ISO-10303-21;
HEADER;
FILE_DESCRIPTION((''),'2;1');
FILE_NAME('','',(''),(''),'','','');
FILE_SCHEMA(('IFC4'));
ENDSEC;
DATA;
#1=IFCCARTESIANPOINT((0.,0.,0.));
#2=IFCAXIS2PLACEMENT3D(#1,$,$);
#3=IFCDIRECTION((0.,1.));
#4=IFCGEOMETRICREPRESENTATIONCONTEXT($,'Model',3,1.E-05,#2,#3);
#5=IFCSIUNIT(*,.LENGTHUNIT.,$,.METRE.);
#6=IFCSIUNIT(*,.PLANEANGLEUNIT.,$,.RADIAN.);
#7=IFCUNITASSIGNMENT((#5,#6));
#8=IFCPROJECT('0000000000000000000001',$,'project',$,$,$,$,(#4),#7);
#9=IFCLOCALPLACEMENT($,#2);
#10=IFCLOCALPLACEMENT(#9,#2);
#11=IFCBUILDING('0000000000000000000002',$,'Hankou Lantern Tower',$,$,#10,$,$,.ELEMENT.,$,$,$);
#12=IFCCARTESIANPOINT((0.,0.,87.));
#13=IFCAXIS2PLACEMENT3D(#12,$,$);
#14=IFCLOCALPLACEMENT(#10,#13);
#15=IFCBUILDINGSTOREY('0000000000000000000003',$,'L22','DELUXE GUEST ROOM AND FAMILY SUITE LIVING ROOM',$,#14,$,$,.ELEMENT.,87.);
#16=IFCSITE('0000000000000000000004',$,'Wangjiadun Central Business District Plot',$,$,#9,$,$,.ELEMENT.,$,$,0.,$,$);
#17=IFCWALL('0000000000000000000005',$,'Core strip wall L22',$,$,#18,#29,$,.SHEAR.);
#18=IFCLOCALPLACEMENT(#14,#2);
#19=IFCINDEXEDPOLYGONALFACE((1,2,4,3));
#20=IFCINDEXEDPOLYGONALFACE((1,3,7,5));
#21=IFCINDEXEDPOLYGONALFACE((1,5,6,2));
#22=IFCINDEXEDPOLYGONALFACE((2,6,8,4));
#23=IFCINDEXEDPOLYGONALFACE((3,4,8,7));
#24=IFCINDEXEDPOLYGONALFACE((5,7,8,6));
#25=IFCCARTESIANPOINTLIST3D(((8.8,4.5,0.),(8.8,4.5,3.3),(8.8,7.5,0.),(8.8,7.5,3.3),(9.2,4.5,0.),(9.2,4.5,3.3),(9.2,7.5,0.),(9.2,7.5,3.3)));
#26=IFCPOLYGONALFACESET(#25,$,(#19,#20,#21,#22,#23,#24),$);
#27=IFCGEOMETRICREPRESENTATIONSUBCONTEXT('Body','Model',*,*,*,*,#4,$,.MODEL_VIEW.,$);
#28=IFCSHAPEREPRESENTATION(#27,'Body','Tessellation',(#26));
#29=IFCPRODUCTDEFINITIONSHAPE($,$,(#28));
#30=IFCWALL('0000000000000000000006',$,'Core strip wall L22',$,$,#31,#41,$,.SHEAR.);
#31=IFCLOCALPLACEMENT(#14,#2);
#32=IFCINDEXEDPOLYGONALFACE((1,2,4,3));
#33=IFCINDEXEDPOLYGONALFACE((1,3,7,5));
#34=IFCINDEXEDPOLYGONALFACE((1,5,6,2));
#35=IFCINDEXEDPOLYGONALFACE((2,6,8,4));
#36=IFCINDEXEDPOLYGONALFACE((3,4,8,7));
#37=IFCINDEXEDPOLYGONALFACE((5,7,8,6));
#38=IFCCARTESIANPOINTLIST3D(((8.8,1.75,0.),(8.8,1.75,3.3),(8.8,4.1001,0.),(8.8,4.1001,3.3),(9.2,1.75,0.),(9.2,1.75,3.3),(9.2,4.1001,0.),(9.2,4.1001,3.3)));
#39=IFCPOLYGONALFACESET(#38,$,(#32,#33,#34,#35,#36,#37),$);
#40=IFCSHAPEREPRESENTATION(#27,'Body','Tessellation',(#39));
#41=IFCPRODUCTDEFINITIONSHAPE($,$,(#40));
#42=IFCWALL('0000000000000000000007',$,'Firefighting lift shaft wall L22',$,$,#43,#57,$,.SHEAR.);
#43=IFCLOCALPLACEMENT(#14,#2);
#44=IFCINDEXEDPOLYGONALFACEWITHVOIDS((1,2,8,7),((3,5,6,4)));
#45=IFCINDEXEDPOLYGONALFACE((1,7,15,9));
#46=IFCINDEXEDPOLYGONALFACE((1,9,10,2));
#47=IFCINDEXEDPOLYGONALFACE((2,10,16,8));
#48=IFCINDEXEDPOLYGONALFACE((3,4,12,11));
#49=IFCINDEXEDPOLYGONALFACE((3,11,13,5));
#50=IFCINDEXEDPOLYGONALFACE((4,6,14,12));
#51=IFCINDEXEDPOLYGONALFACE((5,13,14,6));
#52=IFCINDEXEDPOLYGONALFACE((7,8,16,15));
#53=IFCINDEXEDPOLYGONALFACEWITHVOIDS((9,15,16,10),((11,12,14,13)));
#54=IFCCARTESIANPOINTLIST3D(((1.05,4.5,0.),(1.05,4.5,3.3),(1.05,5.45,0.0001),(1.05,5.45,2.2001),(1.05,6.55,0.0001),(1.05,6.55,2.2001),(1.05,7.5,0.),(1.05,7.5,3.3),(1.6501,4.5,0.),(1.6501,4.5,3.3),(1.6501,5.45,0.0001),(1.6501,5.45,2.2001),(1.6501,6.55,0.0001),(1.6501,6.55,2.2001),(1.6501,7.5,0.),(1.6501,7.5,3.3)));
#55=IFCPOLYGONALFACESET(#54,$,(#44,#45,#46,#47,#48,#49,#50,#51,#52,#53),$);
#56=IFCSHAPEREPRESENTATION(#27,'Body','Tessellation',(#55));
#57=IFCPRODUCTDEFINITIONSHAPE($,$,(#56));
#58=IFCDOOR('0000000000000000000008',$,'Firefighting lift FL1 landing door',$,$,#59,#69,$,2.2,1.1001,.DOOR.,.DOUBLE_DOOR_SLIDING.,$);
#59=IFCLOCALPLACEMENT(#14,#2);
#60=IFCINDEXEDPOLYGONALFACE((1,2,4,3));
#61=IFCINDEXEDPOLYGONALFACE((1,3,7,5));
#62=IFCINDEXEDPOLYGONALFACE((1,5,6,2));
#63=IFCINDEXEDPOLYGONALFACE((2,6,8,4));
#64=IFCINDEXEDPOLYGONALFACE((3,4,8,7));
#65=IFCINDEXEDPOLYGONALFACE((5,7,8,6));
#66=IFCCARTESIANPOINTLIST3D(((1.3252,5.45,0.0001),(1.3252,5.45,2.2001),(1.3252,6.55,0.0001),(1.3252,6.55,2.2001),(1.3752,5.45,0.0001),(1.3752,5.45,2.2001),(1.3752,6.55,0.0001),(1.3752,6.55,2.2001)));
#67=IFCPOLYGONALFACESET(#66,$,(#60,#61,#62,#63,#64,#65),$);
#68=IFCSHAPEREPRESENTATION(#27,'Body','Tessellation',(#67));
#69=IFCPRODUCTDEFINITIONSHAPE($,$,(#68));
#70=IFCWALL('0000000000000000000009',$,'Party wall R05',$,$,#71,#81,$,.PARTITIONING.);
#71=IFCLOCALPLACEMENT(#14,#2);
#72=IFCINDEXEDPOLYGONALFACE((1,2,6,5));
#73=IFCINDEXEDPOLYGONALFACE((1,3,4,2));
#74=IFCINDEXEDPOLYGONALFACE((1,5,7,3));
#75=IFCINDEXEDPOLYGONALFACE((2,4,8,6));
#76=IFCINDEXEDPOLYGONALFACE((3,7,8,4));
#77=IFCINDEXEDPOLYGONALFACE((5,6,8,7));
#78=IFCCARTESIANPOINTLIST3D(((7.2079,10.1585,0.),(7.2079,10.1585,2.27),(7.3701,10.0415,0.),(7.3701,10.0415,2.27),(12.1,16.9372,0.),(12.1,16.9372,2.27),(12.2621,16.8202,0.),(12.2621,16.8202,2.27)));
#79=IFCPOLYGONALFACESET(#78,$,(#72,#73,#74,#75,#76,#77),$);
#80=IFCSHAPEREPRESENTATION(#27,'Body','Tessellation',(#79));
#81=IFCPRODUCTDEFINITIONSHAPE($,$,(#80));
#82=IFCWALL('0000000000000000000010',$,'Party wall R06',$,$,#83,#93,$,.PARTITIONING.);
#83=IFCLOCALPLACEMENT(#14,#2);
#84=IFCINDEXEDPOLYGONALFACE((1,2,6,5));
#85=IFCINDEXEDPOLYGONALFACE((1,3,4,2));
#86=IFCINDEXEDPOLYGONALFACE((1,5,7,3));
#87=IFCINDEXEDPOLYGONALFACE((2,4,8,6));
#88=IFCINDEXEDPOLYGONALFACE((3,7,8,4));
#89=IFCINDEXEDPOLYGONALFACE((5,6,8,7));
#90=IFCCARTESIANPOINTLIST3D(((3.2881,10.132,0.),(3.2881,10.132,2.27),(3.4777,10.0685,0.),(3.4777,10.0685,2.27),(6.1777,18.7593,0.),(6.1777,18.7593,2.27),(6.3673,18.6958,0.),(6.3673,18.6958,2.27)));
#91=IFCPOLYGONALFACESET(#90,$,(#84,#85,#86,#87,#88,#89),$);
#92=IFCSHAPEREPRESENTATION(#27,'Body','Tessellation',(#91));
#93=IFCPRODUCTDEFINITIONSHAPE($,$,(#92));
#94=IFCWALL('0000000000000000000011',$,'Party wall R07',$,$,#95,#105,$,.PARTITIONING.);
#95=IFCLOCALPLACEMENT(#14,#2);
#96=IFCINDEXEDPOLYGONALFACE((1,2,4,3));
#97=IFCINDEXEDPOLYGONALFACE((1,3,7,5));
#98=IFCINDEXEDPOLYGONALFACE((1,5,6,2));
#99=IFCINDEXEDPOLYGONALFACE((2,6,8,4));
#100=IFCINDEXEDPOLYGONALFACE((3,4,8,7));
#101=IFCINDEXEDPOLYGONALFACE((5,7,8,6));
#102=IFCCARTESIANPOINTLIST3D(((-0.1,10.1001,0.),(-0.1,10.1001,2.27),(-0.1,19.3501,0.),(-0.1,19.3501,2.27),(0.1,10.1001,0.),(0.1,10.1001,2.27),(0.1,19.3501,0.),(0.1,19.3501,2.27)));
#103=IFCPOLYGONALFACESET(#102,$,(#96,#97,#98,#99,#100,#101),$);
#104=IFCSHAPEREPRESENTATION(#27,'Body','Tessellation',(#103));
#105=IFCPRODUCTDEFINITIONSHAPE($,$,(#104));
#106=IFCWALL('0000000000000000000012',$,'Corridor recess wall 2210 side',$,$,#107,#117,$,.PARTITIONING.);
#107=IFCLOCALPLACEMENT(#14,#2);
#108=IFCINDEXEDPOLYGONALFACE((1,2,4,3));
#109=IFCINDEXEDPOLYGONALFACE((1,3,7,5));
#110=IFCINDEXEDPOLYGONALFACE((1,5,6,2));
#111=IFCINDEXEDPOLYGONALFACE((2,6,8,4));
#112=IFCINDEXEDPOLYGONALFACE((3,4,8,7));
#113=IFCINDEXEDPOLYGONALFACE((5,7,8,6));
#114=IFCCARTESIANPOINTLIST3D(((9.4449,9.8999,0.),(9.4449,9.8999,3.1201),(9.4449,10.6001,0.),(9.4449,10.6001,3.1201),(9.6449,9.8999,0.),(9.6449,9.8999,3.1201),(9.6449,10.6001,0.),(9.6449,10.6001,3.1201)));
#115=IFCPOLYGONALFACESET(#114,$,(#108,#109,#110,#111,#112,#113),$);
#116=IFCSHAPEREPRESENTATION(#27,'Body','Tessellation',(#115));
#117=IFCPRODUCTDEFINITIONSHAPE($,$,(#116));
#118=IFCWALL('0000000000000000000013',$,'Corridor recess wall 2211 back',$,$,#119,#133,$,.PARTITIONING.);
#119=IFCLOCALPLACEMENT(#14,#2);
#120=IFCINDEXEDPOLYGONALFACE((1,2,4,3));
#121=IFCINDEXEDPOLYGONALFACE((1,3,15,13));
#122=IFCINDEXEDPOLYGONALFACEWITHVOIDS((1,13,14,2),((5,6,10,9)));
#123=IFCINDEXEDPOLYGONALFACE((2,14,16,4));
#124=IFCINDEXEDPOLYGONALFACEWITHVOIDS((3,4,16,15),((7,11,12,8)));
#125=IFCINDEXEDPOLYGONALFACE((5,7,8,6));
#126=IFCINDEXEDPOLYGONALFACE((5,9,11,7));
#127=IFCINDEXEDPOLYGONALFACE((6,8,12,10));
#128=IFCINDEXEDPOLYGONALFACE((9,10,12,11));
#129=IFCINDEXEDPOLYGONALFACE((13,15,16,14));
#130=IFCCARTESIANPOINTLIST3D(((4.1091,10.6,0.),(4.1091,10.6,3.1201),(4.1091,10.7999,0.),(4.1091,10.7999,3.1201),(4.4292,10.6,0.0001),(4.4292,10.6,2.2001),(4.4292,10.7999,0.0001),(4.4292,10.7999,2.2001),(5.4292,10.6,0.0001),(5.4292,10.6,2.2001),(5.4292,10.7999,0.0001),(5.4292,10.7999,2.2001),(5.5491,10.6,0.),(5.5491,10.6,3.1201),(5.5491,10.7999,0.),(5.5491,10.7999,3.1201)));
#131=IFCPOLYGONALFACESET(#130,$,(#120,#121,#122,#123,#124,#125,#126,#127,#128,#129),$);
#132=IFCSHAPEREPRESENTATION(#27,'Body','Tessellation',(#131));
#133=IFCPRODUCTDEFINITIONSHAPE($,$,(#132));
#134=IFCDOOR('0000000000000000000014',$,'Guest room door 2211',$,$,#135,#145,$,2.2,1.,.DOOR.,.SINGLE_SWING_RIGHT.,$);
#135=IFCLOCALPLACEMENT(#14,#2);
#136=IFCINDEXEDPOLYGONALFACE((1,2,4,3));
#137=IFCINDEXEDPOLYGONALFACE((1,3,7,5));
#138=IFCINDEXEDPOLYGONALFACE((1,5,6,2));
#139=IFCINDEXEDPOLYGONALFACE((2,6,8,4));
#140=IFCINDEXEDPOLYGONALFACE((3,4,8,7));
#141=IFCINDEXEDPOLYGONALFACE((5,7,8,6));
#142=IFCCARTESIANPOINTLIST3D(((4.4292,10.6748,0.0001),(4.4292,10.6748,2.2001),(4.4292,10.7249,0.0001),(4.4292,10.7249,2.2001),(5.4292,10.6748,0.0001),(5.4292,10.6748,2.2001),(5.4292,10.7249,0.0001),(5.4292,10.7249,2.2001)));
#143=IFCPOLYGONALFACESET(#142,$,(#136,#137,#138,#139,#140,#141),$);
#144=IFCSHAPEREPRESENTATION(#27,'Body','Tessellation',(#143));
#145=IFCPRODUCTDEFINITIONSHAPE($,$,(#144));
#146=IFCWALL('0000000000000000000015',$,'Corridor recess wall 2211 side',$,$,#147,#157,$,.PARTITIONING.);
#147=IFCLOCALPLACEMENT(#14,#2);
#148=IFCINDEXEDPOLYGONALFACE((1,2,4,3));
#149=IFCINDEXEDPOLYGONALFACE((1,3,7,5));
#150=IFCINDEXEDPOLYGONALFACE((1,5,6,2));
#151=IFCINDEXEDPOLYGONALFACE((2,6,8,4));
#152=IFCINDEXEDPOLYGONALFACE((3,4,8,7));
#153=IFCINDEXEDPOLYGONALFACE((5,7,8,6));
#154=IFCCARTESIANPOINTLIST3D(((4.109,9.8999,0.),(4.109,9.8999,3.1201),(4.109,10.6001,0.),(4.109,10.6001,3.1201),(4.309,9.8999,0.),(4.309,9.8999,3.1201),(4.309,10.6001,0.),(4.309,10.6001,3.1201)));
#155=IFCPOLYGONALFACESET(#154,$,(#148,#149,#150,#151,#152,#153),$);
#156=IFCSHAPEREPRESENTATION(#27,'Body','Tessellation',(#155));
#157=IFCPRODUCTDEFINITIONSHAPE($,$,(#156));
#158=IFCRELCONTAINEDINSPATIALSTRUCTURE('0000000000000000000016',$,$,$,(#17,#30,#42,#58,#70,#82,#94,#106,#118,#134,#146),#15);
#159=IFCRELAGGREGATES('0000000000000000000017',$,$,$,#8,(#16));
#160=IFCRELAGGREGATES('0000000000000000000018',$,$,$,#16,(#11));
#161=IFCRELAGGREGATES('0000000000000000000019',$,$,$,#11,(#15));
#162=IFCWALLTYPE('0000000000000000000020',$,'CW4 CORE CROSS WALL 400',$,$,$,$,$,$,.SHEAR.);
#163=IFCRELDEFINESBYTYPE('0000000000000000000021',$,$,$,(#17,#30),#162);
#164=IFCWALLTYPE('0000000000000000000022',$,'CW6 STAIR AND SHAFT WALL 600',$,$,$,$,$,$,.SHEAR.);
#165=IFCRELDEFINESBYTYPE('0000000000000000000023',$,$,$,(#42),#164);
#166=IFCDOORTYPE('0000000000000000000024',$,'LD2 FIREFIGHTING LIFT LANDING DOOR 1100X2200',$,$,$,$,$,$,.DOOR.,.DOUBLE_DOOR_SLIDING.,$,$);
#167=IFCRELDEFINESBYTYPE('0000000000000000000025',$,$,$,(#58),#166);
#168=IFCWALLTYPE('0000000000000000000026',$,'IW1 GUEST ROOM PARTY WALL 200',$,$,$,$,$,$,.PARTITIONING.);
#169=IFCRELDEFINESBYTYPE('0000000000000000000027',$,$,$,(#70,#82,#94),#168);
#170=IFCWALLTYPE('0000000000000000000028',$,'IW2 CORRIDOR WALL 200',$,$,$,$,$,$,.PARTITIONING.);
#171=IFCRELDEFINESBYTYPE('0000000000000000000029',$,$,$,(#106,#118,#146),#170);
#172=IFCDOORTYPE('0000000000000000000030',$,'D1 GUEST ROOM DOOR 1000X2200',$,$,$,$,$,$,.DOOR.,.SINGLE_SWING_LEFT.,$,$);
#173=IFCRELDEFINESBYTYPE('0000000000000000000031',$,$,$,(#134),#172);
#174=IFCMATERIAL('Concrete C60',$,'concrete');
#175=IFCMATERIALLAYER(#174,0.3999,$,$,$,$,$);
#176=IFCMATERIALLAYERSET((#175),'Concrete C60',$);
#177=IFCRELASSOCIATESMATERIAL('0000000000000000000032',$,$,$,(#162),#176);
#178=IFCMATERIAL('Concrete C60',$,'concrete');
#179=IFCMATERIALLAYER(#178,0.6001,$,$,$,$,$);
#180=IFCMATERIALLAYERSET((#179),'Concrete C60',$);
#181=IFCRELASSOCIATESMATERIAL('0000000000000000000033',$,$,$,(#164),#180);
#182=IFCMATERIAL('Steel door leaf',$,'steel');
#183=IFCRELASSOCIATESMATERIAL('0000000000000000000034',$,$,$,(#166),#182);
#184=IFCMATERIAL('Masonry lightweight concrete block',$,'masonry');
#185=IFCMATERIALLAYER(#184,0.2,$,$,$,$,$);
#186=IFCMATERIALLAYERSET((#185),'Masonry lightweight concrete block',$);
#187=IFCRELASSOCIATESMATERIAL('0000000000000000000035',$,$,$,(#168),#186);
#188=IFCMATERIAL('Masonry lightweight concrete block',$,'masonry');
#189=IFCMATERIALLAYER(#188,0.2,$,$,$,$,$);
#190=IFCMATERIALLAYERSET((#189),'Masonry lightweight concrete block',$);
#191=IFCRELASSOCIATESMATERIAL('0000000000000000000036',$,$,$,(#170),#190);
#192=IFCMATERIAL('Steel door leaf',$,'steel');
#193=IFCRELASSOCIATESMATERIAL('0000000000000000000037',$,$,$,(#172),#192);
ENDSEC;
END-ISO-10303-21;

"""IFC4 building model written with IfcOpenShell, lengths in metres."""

from ifc_helpers import new_model, si_unit, direction, frame, frame_2d, origin, place, context, subcontext, project, spatial, rectangle, extrude, material, layer, layer_set, type_object, element, fill, save


model = new_model("IFC4")

# Units and contexts
model_context = context("Model", 3, precision=1e-05, world=origin(), true_north=direction((0.0, 1.0)))
body_context = subcontext(model_context, "Body", "Model", "MODEL_VIEW")
ifc_project = project(units=[si_unit("LENGTHUNIT", "METRE"), si_unit("PLANEANGLEUNIT", "RADIAN")], contexts=[model_context])

# Site, building, storey
site_placement = place(None, origin())
site = spatial("IfcSite", under=ifc_project, at=site_placement, Name="Wangjiadun Central Business District Plot", CompositionType="ELEMENT", RefElevation=0.0)
building_placement = place(site_placement, origin())
building = spatial("IfcBuilding", under=site, at=building_placement, Name="Hankou Lantern Tower", CompositionType="ELEMENT")
storey_placement = place(building_placement, frame((0.0, 0.0, 87.0)))
storey = spatial("IfcBuildingStorey", under=building, at=storey_placement, Name="L22", Description="DELUXE GUEST ROOM AND FAMILY SUITE LIVING ROOM", CompositionType="ELEMENT", Elevation=87.0)

# Walls
ifc_material_1 = material(Name="Concrete C60", Category="concrete")
ifc_layer_1 = layer(ifc_material_1, 0.3999)
ifc_layer_set_1 = layer_set([ifc_layer_1], Name="Concrete C60")
wall_type_1 = type_object("IfcWallType", Name="CW4 CORE CROSS WALL 400", PredefinedType="SHEAR", material=ifc_layer_set_1)
wall_1_placement = place(storey_placement, frame((9.0, 4.5, 0.0), z_axis=(0.0, 0.0, 1.0), x_axis=(0.0, 1.0, 0.0)))
element("IfcWall", 1, at=wall_1_placement, inside=storey, type_object=wall_type_1, Name="Core strip wall L22", PredefinedType="SHEAR", context=body_context, shape_type="SweptSolid", body=[
    extrude(rectangle(XDim=3.0, YDim=0.3999, at=frame_2d((1.5, 0.0))), origin(), (0.0, 0.0, 1.0), 3.3),
])
wall_2_placement = place(storey_placement, frame((9.0, 1.75, 0.0), z_axis=(0.0, 0.0, 1.0), x_axis=(0.0, 1.0, 0.0)))
element("IfcWall", 2, at=wall_2_placement, inside=storey, type_object=wall_type_1, Name="Core strip wall L22", PredefinedType="SHEAR", context=body_context, shape_type="SweptSolid", body=[
    extrude(rectangle(XDim=2.3501, YDim=0.3999, at=frame_2d((1.175, 0.0))), origin(), (0.0, 0.0, 1.0), 3.3),
])

# Wall, opening, door
ifc_material_2 = material(Name="Concrete C60", Category="concrete")
ifc_layer_2 = layer(ifc_material_2, 0.6001)
ifc_layer_set_2 = layer_set([ifc_layer_2], Name="Concrete C60")
wall_type_2 = type_object("IfcWallType", Name="CW6 STAIR AND SHAFT WALL 600", PredefinedType="SHEAR", material=ifc_layer_set_2)
wall_3_placement = place(storey_placement, frame((1.3501, 4.5, 0.0), z_axis=(0.0, 0.0, 1.0), x_axis=(0.0, 1.0, 0.0)))
wall_3 = element("IfcWall", 3, at=wall_3_placement, inside=storey, type_object=wall_type_2, Name="Firefighting lift shaft wall L22", PredefinedType="SHEAR", context=body_context, shape_type="SweptSolid", body=[
    extrude(rectangle(XDim=3.0, YDim=0.6001, at=frame_2d((1.5, 0.0))), origin(), (0.0, 0.0, 1.0), 3.3),
])
opening_1_placement = place(wall_3_placement, frame((0.95, 0.0, 0.0)))
opening_1 = element("IfcOpeningElement", 4, at=opening_1_placement, cuts=wall_3, PredefinedType="OPENING", context=body_context, shape_type="SweptSolid", body=[
    extrude(rectangle(XDim=1.1001, YDim=2.2, at=frame_2d((0.55, 1.1001))), frame((0.0, 0.3101, 0.0), z_axis=(0.0, -1.0, 0.0), x_axis=(1.0, 0.0, 0.0)), (0.0, 0.0, 1.0), 0.6201),
])
ifc_material_3 = material(Name="Steel door leaf", Category="steel")
door_type_1 = type_object("IfcDoorType", Name="LD2 FIREFIGHTING LIFT LANDING DOOR 1100X2200", OperationType="DOUBLE_DOOR_SLIDING", PredefinedType="DOOR", material=ifc_material_3)
door_1_placement = place(opening_1_placement, origin())
door_1 = element("IfcDoor", 5, at=door_1_placement, inside=storey, type_object=door_type_1, Name="Firefighting lift FL1 landing door", OperationType="DOUBLE_DOOR_SLIDING", OverallHeight=2.2, OverallWidth=1.1001, PredefinedType="DOOR", context=body_context, shape_type="SweptSolid", body=[
    extrude(rectangle(XDim=1.1001, YDim=2.2, at=frame_2d((0.55, 1.1001))), frame((0.0, 0.0249, 0.0), z_axis=(0.0, -1.0, 0.0), x_axis=(1.0, 0.0, 0.0)), (0.0, 0.0, 1.0), 0.05),
])
fill(opening_1, door_1)

# Walls
ifc_material_4 = material(Name="Masonry lightweight concrete block", Category="masonry")
ifc_layer_3 = layer(ifc_material_4, 0.2)
ifc_layer_set_3 = layer_set([ifc_layer_3], Name="Masonry lightweight concrete block")
wall_type_3 = type_object("IfcWallType", Name="IW1 GUEST ROOM PARTY WALL 200", PredefinedType="PARTITIONING", material=ifc_layer_set_3)
wall_4_placement = place(storey_placement, frame((7.2891, 10.1001, 0.0), z_axis=(0.0, 0.0, 1.0), x_axis=(0.585198, 0.81089, 0.0)))
element("IfcWall", 6, at=wall_4_placement, inside=storey, type_object=wall_type_3, Name="Party wall R05", PredefinedType="PARTITIONING", context=body_context, shape_type="SweptSolid", body=[
    extrude(rectangle(XDim=8.3596, YDim=0.2, at=frame_2d((4.1797, 0.0))), origin(), (0.0, 0.0, 1.0), 2.27),
])
wall_5_placement = place(storey_placement, frame((3.3828, 10.1001, 0.0), z_axis=(0.0, 0.0, 1.0), x_axis=(0.317596, 0.948226, 0.0)))
element("IfcWall", 7, at=wall_5_placement, inside=storey, type_object=wall_type_3, Name="Party wall R06", PredefinedType="PARTITIONING", context=body_context, shape_type="SweptSolid", body=[
    extrude(rectangle(XDim=9.0984, YDim=0.2, at=frame_2d((4.5493, 0.0))), origin(), (0.0, 0.0, 1.0), 2.27),
])
wall_6_placement = place(storey_placement, frame((0.0, 10.1001, 0.0), z_axis=(0.0, 0.0, 1.0), x_axis=(0.0, 1.0, 0.0)))
element("IfcWall", 8, at=wall_6_placement, inside=storey, type_object=wall_type_3, Name="Party wall R07", PredefinedType="PARTITIONING", context=body_context, shape_type="SweptSolid", body=[
    extrude(rectangle(XDim=9.25, YDim=0.2, at=frame_2d((4.625, 0.0))), origin(), (0.0, 0.0, 1.0), 2.27),
])
ifc_material_5 = material(Name="Masonry lightweight concrete block", Category="masonry")
ifc_layer_4 = layer(ifc_material_5, 0.2)
ifc_layer_set_4 = layer_set([ifc_layer_4], Name="Masonry lightweight concrete block")
wall_type_4 = type_object("IfcWallType", Name="IW2 CORRIDOR WALL 200", PredefinedType="PARTITIONING", material=ifc_layer_set_4)
wall_7_placement = place(storey_placement, frame((9.5449, 9.8999, 0.0), z_axis=(0.0, 0.0, 1.0), x_axis=(0.0, 1.0, 0.0)))
element("IfcWall", 9, at=wall_7_placement, inside=storey, type_object=wall_type_4, Name="Corridor recess wall 2210 side", PredefinedType="PARTITIONING", context=body_context, shape_type="SweptSolid", body=[
    extrude(rectangle(XDim=0.7002, YDim=0.2, at=frame_2d((0.3501, 0.0))), origin(), (0.0, 0.0, 1.0), 3.1201),
])

# Wall, opening, door
wall_8_placement = place(storey_placement, frame((4.1091, 10.7, 0.0), z_axis=(0.0, 0.0, 1.0), x_axis=(1.0, 0.0, 0.0)))
wall_8 = element("IfcWall", 10, at=wall_8_placement, inside=storey, type_object=wall_type_4, Name="Corridor recess wall 2211 back", PredefinedType="PARTITIONING", context=body_context, shape_type="SweptSolid", body=[
    extrude(rectangle(XDim=1.4399, YDim=0.2, at=frame_2d((0.72, 0.0))), origin(), (0.0, 0.0, 1.0), 3.1201),
])
opening_2_placement = place(wall_8_placement, frame((0.3201, 0.0, 0.0)))
opening_2 = element("IfcOpeningElement", 11, at=opening_2_placement, cuts=wall_8, PredefinedType="OPENING", context=body_context, shape_type="SweptSolid", body=[
    extrude(rectangle(XDim=1.0, YDim=2.2, at=frame_2d((0.5, 1.1001))), frame((0.0, 0.1099, 0.0), z_axis=(0.0, -1.0, 0.0), x_axis=(1.0, 0.0, 0.0)), (0.0, 0.0, 1.0), 0.22),
])
ifc_material_6 = material(Name="Steel door leaf", Category="steel")
door_type_2 = type_object("IfcDoorType", Name="D1 GUEST ROOM DOOR 1000X2200", OperationType="SINGLE_SWING_LEFT", PredefinedType="DOOR", material=ifc_material_6)
door_2_placement = place(opening_2_placement, origin())
door_2 = element("IfcDoor", 12, at=door_2_placement, inside=storey, type_object=door_type_2, Name="Guest room door 2211", OperationType="SINGLE_SWING_RIGHT", OverallHeight=2.2, OverallWidth=1.0, PredefinedType="DOOR", context=body_context, shape_type="SweptSolid", body=[
    extrude(rectangle(XDim=1.0, YDim=2.2, at=frame_2d((0.5, 1.1001))), frame((0.0, 0.0249, 0.0), z_axis=(0.0, -1.0, 0.0), x_axis=(1.0, 0.0, 0.0)), (0.0, 0.0, 1.0), 0.05),
])
fill(opening_2, door_2)

# Wall
wall_9_placement = place(storey_placement, frame((4.209, 9.8999, 0.0), z_axis=(0.0, 0.0, 1.0), x_axis=(0.0, 1.0, 0.0)))
element("IfcWall", 13, at=wall_9_placement, inside=storey, type_object=wall_type_4, Name="Corridor recess wall 2211 side", PredefinedType="PARTITIONING", context=body_context, shape_type="SweptSolid", body=[
    extrude(rectangle(XDim=0.7002, YDim=0.2, at=frame_2d((0.3501, 0.0))), origin(), (0.0, 0.0, 1.0), 3.1201),
])

save(model, "model.ifc")
